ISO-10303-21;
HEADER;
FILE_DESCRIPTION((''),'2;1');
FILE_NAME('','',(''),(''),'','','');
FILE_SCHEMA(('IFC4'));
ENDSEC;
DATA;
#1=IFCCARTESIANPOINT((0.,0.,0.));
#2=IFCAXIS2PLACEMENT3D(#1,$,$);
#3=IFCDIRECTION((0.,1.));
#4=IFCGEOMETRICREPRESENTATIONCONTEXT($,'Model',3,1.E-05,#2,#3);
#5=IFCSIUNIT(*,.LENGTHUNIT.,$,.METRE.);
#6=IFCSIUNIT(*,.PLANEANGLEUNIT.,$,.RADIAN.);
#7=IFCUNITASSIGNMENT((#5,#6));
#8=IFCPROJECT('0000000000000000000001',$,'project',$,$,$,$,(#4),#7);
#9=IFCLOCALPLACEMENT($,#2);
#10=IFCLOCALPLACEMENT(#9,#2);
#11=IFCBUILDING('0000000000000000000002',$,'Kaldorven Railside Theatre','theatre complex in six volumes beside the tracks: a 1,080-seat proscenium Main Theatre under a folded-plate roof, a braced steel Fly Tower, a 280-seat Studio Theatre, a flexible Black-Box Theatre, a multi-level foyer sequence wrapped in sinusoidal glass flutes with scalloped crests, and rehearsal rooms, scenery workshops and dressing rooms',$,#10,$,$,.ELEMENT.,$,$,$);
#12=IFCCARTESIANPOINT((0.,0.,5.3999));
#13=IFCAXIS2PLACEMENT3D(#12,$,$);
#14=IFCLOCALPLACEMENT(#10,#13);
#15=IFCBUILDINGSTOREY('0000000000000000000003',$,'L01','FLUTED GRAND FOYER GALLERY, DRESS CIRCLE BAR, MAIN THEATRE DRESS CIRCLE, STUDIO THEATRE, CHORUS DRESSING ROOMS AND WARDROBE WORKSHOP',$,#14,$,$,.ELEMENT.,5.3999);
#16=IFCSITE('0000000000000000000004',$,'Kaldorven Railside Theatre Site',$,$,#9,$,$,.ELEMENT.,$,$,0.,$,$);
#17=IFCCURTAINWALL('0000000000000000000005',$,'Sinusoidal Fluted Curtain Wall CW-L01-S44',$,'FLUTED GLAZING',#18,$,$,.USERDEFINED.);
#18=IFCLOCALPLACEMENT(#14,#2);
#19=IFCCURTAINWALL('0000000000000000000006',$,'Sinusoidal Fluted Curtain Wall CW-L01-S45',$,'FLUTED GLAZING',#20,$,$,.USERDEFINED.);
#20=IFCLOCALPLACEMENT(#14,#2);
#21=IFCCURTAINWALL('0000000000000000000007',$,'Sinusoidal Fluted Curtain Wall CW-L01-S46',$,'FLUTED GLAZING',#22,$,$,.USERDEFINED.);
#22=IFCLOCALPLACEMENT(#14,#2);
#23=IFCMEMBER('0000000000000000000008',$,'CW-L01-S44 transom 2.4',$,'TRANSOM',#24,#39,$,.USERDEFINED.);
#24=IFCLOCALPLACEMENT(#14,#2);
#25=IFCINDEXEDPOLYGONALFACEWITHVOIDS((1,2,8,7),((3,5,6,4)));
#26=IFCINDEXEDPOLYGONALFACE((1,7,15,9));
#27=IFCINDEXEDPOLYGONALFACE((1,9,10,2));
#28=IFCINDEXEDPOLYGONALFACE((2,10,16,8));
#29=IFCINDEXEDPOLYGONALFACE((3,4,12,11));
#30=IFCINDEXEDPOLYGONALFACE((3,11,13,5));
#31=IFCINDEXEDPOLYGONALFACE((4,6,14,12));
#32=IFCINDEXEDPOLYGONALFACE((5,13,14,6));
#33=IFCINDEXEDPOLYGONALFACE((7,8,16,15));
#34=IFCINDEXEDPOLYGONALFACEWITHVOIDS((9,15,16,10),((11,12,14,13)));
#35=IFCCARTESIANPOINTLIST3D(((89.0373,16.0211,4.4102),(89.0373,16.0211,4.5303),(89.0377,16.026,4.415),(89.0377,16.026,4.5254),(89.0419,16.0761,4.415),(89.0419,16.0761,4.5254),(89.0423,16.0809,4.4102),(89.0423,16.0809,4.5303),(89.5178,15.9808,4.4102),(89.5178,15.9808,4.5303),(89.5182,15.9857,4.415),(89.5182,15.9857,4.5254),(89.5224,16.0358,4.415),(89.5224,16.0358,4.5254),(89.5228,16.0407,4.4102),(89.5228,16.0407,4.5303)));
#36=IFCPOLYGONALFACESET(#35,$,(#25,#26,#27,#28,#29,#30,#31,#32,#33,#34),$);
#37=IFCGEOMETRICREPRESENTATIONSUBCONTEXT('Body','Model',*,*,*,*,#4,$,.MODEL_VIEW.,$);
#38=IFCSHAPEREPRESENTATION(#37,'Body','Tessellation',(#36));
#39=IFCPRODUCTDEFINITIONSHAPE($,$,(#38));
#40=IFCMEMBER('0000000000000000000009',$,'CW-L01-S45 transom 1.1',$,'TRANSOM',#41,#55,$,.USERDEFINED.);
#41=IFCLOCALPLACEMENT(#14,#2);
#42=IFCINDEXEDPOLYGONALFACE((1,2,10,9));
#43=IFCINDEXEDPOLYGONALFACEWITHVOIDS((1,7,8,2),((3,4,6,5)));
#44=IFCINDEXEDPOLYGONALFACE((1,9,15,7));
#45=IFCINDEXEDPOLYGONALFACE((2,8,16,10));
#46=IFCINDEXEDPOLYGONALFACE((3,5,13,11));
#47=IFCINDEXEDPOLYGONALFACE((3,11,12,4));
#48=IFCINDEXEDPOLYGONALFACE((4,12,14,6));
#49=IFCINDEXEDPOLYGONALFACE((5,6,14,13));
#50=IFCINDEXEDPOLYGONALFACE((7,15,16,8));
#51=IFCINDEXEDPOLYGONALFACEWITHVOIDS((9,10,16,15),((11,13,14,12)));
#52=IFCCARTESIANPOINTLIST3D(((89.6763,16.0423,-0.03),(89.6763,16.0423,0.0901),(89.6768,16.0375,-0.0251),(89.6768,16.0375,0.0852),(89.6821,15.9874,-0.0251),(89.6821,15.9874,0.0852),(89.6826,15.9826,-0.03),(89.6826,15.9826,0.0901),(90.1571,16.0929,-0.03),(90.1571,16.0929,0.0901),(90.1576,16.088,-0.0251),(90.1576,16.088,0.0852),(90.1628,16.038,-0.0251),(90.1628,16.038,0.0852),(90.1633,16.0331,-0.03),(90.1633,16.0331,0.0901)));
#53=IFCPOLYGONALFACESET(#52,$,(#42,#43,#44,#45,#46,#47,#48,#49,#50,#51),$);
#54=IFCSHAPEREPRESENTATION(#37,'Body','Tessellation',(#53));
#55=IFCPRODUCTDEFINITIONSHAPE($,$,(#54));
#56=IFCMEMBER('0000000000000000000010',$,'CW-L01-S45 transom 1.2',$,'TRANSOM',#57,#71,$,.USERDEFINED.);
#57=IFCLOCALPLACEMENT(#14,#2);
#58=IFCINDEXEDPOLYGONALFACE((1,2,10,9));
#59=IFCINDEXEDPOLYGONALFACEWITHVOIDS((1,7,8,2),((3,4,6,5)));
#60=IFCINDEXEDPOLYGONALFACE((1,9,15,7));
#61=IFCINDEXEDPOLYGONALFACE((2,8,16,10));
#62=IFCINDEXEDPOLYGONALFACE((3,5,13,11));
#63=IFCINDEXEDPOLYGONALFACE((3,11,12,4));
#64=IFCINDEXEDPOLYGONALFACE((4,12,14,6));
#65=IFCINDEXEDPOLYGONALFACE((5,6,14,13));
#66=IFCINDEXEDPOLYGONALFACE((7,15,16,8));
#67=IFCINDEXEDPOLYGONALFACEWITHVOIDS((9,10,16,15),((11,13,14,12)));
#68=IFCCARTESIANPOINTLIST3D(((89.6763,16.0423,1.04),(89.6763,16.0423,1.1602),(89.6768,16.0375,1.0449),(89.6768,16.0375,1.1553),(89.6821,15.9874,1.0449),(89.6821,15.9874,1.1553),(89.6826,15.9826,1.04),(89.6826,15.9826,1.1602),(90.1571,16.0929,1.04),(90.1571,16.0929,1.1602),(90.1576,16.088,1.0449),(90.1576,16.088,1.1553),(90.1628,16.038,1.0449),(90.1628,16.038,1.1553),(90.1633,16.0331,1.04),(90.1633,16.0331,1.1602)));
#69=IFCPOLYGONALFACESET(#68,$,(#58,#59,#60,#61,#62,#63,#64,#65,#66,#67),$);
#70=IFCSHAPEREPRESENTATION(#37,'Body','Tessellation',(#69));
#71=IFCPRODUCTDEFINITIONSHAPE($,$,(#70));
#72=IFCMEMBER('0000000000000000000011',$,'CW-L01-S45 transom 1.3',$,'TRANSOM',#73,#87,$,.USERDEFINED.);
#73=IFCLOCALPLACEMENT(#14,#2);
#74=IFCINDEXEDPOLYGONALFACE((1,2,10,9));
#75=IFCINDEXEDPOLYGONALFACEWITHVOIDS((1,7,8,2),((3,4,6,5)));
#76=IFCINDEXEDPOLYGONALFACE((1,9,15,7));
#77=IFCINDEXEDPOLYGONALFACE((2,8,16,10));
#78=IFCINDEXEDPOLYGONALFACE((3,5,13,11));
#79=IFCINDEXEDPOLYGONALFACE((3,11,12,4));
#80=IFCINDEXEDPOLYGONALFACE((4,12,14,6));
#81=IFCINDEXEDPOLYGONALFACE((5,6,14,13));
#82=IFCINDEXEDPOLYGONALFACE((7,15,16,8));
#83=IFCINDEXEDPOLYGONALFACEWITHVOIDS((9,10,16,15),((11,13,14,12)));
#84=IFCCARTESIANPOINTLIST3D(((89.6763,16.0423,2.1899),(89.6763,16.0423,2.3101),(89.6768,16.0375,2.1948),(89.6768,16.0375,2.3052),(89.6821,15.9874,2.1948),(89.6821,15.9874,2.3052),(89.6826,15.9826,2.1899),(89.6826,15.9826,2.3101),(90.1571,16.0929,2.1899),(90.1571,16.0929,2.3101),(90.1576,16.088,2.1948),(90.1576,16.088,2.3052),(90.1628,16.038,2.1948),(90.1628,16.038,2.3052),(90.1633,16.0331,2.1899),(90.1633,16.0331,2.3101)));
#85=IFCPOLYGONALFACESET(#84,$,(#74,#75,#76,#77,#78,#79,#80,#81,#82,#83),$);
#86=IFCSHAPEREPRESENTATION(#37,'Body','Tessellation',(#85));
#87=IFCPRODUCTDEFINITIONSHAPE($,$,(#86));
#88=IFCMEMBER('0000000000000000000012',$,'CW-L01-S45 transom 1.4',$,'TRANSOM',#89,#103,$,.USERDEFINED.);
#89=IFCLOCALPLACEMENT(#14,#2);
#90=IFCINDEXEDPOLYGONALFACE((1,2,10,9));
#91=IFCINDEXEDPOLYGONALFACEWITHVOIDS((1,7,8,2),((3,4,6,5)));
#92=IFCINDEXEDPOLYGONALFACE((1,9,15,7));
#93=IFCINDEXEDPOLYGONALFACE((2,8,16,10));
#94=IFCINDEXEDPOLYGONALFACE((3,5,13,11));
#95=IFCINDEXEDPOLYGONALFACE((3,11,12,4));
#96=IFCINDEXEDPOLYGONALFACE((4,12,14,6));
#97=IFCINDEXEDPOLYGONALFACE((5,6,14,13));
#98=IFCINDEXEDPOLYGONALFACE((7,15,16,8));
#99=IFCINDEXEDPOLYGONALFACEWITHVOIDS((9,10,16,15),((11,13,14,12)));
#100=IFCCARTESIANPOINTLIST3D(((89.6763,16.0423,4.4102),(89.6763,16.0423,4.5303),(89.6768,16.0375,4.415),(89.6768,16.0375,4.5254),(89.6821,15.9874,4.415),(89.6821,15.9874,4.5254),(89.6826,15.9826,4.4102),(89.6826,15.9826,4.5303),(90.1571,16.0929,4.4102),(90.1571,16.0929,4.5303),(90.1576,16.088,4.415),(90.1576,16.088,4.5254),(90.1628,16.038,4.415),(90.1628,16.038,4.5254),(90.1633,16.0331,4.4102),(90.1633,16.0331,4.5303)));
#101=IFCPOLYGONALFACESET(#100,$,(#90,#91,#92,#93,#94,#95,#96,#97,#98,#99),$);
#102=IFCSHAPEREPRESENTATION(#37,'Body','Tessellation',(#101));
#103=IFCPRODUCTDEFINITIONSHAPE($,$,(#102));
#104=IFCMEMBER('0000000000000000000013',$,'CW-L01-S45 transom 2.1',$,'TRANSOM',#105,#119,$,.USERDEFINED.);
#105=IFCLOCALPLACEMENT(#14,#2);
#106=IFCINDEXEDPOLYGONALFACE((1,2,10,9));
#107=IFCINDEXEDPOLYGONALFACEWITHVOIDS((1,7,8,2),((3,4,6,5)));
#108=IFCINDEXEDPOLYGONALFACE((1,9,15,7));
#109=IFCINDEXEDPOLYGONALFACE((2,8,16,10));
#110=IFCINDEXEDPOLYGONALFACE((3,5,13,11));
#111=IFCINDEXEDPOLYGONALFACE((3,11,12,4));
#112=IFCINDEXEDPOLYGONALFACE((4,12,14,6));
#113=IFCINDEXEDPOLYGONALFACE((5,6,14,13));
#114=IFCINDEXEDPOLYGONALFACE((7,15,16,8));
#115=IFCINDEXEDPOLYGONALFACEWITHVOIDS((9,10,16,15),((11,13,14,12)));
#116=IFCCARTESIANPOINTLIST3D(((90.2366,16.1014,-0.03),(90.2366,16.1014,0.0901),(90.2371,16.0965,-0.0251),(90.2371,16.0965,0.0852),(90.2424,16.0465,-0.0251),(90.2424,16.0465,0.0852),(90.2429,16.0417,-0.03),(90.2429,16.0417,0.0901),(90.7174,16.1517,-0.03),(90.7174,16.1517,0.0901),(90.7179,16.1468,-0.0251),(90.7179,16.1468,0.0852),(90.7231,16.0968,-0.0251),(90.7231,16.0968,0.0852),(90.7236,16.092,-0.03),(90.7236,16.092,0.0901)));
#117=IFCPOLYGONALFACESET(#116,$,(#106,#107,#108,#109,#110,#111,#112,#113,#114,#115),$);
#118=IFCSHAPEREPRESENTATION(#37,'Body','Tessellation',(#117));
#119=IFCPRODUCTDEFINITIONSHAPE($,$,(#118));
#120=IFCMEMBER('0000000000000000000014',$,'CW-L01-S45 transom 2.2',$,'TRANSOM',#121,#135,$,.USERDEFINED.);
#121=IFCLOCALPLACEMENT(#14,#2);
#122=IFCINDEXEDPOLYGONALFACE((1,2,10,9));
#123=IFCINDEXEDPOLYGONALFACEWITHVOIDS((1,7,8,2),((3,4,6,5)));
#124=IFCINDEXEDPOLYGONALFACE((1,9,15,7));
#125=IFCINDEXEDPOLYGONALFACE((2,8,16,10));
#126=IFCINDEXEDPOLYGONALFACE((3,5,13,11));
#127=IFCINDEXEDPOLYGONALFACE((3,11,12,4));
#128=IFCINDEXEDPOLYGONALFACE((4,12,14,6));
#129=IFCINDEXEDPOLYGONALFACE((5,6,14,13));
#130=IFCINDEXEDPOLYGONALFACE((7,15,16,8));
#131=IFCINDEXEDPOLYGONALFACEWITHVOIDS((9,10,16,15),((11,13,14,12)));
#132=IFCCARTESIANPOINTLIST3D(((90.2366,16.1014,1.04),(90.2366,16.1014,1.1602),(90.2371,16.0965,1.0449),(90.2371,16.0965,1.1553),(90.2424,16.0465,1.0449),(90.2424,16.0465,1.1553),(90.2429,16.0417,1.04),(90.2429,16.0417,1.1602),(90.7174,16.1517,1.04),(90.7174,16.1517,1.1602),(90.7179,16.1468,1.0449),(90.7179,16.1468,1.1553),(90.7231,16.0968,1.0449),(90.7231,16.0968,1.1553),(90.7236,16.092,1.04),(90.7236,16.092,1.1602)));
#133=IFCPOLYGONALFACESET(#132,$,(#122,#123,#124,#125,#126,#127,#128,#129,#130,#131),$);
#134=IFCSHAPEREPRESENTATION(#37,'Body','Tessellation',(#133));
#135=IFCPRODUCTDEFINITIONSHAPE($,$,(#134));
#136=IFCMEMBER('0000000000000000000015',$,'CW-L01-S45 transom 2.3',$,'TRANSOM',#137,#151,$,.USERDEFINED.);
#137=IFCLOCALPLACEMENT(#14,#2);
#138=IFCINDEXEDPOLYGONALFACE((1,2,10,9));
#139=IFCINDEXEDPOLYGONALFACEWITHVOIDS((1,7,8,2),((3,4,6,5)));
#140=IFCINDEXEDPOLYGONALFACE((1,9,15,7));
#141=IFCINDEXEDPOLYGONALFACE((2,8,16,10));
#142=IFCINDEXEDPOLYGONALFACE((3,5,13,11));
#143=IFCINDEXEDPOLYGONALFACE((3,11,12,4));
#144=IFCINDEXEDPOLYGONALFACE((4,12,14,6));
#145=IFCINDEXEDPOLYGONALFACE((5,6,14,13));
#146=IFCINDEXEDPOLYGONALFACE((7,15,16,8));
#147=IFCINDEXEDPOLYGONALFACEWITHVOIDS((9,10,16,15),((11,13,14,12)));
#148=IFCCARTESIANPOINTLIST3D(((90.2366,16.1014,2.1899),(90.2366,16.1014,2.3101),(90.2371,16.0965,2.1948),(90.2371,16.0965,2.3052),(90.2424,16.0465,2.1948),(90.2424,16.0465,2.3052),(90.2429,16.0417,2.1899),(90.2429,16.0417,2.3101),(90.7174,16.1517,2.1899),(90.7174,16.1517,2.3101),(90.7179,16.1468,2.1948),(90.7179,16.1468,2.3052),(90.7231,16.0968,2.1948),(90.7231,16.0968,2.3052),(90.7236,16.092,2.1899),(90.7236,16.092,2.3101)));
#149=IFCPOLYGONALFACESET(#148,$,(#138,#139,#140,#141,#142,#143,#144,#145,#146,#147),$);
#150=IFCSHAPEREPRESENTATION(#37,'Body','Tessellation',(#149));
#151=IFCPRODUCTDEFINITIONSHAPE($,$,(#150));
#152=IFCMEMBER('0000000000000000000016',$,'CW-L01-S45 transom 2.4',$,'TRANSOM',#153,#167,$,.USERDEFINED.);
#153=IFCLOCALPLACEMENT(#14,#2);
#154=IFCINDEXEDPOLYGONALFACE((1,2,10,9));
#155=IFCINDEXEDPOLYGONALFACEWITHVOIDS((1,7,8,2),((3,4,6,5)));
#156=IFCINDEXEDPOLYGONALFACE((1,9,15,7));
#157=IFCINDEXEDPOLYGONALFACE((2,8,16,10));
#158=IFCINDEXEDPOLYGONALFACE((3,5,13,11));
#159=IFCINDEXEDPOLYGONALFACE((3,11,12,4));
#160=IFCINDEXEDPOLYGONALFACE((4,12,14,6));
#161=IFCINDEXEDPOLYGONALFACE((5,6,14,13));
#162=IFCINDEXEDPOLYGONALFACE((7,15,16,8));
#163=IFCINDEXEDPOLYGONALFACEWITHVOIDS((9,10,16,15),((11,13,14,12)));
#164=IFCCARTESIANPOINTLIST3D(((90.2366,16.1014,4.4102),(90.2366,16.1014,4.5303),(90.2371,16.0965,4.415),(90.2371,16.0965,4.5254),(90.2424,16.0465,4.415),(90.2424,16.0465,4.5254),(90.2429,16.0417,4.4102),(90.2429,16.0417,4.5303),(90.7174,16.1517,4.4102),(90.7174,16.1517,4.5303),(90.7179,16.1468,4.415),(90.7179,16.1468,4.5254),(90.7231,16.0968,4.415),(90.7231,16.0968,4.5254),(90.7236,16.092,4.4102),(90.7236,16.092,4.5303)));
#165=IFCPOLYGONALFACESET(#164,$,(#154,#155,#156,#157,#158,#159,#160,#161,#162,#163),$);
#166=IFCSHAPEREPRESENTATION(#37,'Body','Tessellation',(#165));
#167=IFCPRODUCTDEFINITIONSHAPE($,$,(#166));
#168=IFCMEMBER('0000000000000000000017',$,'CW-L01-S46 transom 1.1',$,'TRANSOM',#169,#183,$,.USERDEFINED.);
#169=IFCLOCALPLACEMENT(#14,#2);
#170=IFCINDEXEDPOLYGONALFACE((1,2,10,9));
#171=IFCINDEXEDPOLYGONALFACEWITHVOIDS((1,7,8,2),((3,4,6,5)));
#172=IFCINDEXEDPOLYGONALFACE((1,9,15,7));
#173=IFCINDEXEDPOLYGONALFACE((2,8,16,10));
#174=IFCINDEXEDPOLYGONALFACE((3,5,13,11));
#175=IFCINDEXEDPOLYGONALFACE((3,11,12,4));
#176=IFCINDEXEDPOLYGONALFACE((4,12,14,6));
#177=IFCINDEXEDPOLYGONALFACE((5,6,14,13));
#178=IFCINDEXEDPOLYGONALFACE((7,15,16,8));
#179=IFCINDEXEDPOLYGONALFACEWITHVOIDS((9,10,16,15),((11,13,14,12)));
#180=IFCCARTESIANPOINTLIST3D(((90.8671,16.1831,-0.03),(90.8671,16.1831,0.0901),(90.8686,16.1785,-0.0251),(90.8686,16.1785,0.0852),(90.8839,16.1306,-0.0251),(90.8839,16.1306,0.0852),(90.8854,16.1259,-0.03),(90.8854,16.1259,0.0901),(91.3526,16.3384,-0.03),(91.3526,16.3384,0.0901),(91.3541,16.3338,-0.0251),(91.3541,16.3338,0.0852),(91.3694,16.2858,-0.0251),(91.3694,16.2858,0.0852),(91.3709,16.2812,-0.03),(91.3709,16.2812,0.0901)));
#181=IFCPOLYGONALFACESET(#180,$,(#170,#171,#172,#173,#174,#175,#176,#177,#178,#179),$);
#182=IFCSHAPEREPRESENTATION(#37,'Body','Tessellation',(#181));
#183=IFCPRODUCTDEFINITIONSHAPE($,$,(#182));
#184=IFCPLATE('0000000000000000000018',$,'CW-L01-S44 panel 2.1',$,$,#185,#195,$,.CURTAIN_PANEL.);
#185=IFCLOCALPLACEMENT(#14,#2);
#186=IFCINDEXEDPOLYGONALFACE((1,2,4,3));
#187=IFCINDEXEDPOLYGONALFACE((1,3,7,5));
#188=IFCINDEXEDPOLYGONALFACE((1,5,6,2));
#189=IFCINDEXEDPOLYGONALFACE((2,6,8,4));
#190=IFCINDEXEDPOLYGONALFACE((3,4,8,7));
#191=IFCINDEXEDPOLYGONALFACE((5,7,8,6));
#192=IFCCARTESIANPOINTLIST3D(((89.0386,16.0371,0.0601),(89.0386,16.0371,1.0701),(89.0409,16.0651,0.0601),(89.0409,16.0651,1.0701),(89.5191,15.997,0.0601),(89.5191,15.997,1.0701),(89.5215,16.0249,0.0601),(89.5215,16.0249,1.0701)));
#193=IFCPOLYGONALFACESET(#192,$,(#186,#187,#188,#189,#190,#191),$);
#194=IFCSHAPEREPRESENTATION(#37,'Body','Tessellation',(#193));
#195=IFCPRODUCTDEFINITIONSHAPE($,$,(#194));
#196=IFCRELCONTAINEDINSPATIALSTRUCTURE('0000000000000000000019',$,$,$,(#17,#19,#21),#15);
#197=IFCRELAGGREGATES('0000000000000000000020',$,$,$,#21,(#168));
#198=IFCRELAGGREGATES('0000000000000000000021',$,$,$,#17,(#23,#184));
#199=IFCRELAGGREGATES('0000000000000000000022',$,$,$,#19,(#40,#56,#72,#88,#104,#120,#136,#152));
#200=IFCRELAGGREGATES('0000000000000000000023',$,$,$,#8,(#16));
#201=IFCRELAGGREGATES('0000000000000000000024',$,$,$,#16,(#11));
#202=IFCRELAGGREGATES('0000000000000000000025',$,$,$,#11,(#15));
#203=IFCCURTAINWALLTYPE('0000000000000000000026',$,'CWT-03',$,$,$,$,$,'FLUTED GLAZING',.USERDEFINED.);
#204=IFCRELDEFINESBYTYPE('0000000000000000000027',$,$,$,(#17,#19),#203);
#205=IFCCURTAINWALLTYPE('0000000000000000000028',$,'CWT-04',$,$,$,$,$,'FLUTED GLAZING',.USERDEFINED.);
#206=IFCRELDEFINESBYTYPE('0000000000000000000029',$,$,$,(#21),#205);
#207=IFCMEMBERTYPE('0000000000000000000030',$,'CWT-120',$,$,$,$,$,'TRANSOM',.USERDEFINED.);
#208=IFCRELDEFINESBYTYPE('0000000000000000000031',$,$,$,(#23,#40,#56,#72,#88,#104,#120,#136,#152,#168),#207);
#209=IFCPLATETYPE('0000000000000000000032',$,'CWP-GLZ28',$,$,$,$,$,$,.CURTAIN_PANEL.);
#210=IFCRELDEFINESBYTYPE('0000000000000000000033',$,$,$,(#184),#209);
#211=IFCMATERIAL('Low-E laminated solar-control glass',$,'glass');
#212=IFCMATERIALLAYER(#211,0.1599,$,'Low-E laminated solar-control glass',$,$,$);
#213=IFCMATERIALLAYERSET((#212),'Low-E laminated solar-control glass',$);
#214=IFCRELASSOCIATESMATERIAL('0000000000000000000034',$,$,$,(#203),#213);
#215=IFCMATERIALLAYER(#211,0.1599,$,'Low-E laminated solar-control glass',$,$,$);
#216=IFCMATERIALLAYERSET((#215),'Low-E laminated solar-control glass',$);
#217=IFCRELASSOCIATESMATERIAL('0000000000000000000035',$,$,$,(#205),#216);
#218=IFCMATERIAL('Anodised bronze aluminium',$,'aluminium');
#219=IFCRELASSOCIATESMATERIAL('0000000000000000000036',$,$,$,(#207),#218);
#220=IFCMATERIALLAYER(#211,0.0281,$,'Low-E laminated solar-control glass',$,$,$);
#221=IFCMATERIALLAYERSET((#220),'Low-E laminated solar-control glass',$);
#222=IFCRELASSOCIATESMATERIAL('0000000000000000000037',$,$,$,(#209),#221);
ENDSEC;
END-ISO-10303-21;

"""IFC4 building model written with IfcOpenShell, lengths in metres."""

from ifc_helpers import new_model, si_unit, direction, frame, origin, origin_2d, place, context, subcontext, project, spatial, rectangle, hollow_rectangle, extrude, material, layer, layer_set, material_profile, profile_set, type_object, element, aggregate, save


model = new_model("IFC4")

# Units and contexts
model_context = context("Model", 3, precision=1e-05, world=origin(), true_north=direction((0.0, 1.0)))
body_context = subcontext(model_context, "Body", "Model", "MODEL_VIEW")
ifc_project = project(units=[si_unit("LENGTHUNIT", "METRE"), si_unit("PLANEANGLEUNIT", "RADIAN")], contexts=[model_context])

# Site, building, storey
site_placement = place(None, origin())
site = spatial("IfcSite", under=ifc_project, at=site_placement, Name="Kaldorven Railside Theatre Site", CompositionType="ELEMENT", RefElevation=0.0)
building_placement = place(site_placement, origin())
building = spatial("IfcBuilding", under=site, at=building_placement, Name="Kaldorven Railside Theatre", Description="theatre complex in six volumes beside the tracks: a 1,080-seat proscenium Main Theatre under a folded-plate roof, a braced steel Fly Tower, a 280-seat Studio Theatre, a flexible Black-Box Theatre, a multi-level foyer sequence wrapped in sinusoidal glass flutes with scalloped crests, and rehearsal rooms, scenery workshops and dressing rooms", CompositionType="ELEMENT")
storey_placement = place(building_placement, frame((0.0, 0.0, 5.3999)))
storey = spatial("IfcBuildingStorey", under=building, at=storey_placement, Name="L01", Description="FLUTED GRAND FOYER GALLERY, DRESS CIRCLE BAR, MAIN THEATRE DRESS CIRCLE, STUDIO THEATRE, CHORUS DRESSING ROOMS AND WARDROBE WORKSHOP", CompositionType="ELEMENT", Elevation=5.3999)

# Curtain wall
ifc_material_1 = material(Name="Low-E laminated solar-control glass", Category="glass")
ifc_layer_1 = layer(ifc_material_1, 0.1599, Name="Low-E laminated solar-control glass")
ifc_layer_set_1 = layer_set([ifc_layer_1], Name="Low-E laminated solar-control glass")
curtain_wall_type_1 = type_object("IfcCurtainWallType", Name="CWT-03", ElementType="FLUTED GLAZING", PredefinedType="USERDEFINED", material=ifc_layer_set_1)
curtain_wall_1_placement = place(storey_placement, origin())
curtain_wall_1 = element("IfcCurtainWall", 1, at=curtain_wall_1_placement, inside=storey, type_object=curtain_wall_type_1, Name="Sinusoidal Fluted Curtain Wall CW-L01-S44", ObjectType="FLUTED GLAZING", PredefinedType="USERDEFINED")
ifc_material_2 = material(Name="Anodised bronze aluminium", Category="aluminium")

# Curtain wall
curtain_wall_2_placement = place(storey_placement, origin())
curtain_wall_2 = element("IfcCurtainWall", 2, at=curtain_wall_2_placement, inside=storey, type_object=curtain_wall_type_1, Name="Sinusoidal Fluted Curtain Wall CW-L01-S45", ObjectType="FLUTED GLAZING", PredefinedType="USERDEFINED")

# Curtain wall
ifc_layer_2 = layer(ifc_material_1, 0.1599, Name="Low-E laminated solar-control glass")
ifc_layer_set_2 = layer_set([ifc_layer_2], Name="Low-E laminated solar-control glass")
curtain_wall_type_2 = type_object("IfcCurtainWallType", Name="CWT-04", ElementType="FLUTED GLAZING", PredefinedType="USERDEFINED", material=ifc_layer_set_2)
curtain_wall_3_placement = place(storey_placement, origin())
curtain_wall_3 = element("IfcCurtainWall", 3, at=curtain_wall_3_placement, inside=storey, type_object=curtain_wall_type_2, Name="Sinusoidal Fluted Curtain Wall CW-L01-S46", ObjectType="FLUTED GLAZING", PredefinedType="USERDEFINED")

# Members
ifc_material_profile_1 = material_profile(ifc_material_2, hollow_rectangle(XDim=0.0601, YDim=0.1201, WallThickness=0.0049, at=origin_2d()), Name="RHS 120x60x5")
ifc_profile_set_1 = profile_set([ifc_material_profile_1], Name="Anodised bronze aluminium")
member_type_1 = type_object("IfcMemberType", Name="CWT-120", ElementType="TRANSOM", PredefinedType="USERDEFINED", material=ifc_profile_set_1)
member_1_placement = place(storey_placement, frame((89.0398, 16.051, 4.4702), z_axis=(0.996504, -0.083548, 0.0), x_axis=(0.083548, 0.996504, 0.0)))
member_1 = element("IfcMember", 4, at=member_1_placement, type_object=member_type_1, Name="CW-L01-S44 transom 2.4", ObjectType="TRANSOM", PredefinedType="USERDEFINED", context=body_context, shape_type="SweptSolid", body=[
    extrude(hollow_rectangle(XDim=0.0601, YDim=0.1201, WallThickness=0.0049, at=origin_2d()), origin(), (0.0, 0.0, 1.0), 0.4822),
])
member_2_placement = place(storey_placement, frame((89.6794, 16.0125, 0.03), z_axis=(0.994519, 0.104553, 0.0), x_axis=(-0.104553, 0.994519, 0.0)))
member_2 = element("IfcMember", 5, at=member_2_placement, type_object=member_type_1, Name="CW-L01-S45 transom 1.1", ObjectType="TRANSOM", PredefinedType="USERDEFINED", context=body_context, shape_type="SweptSolid", body=[
    extrude(hollow_rectangle(XDim=0.0601, YDim=0.1201, WallThickness=0.0049, at=origin_2d()), origin(), (0.0, 0.0, 1.0), 0.4834),
])
member_3_placement = place(storey_placement, frame((89.6794, 16.0125, 1.1001), z_axis=(0.994519, 0.104553, 0.0), x_axis=(-0.104553, 0.994519, 0.0)))
member_3 = element("IfcMember", 6, at=member_3_placement, type_object=member_type_1, Name="CW-L01-S45 transom 1.2", ObjectType="TRANSOM", PredefinedType="USERDEFINED", context=body_context, shape_type="SweptSolid", body=[
    extrude(hollow_rectangle(XDim=0.0601, YDim=0.1201, WallThickness=0.0049, at=origin_2d()), origin(), (0.0, 0.0, 1.0), 0.4834),
])
member_4_placement = place(storey_placement, frame((89.6794, 16.0125, 2.25), z_axis=(0.994519, 0.104553, 0.0), x_axis=(-0.104553, 0.994519, 0.0)))
member_4 = element("IfcMember", 7, at=member_4_placement, type_object=member_type_1, Name="CW-L01-S45 transom 1.3", ObjectType="TRANSOM", PredefinedType="USERDEFINED", context=body_context, shape_type="SweptSolid", body=[
    extrude(hollow_rectangle(XDim=0.0601, YDim=0.1201, WallThickness=0.0049, at=origin_2d()), origin(), (0.0, 0.0, 1.0), 0.4834),
])
member_5_placement = place(storey_placement, frame((89.6794, 16.0125, 4.4702), z_axis=(0.994519, 0.104553, 0.0), x_axis=(-0.104553, 0.994519, 0.0)))
member_5 = element("IfcMember", 8, at=member_5_placement, type_object=member_type_1, Name="CW-L01-S45 transom 1.4", ObjectType="TRANSOM", PredefinedType="USERDEFINED", context=body_context, shape_type="SweptSolid", body=[
    extrude(hollow_rectangle(XDim=0.0601, YDim=0.1201, WallThickness=0.0049, at=origin_2d()), origin(), (0.0, 0.0, 1.0), 0.4834),
])
member_6_placement = place(storey_placement, frame((90.2397, 16.0715, 0.03), z_axis=(0.994572, 0.104054, 0.0), x_axis=(-0.104054, 0.994572, 0.0)))
member_6 = element("IfcMember", 9, at=member_6_placement, type_object=member_type_1, Name="CW-L01-S45 transom 2.1", ObjectType="TRANSOM", PredefinedType="USERDEFINED", context=body_context, shape_type="SweptSolid", body=[
    extrude(hollow_rectangle(XDim=0.0601, YDim=0.1201, WallThickness=0.0049, at=origin_2d()), origin(), (0.0, 0.0, 1.0), 0.4834),
])
member_7_placement = place(storey_placement, frame((90.2397, 16.0715, 1.1001), z_axis=(0.994572, 0.104054, 0.0), x_axis=(-0.104054, 0.994572, 0.0)))
member_7 = element("IfcMember", 10, at=member_7_placement, type_object=member_type_1, Name="CW-L01-S45 transom 2.2", ObjectType="TRANSOM", PredefinedType="USERDEFINED", context=body_context, shape_type="SweptSolid", body=[
    extrude(hollow_rectangle(XDim=0.0601, YDim=0.1201, WallThickness=0.0049, at=origin_2d()), origin(), (0.0, 0.0, 1.0), 0.4834),
])
member_8_placement = place(storey_placement, frame((90.2397, 16.0715, 2.25), z_axis=(0.994572, 0.104054, 0.0), x_axis=(-0.104054, 0.994572, 0.0)))
member_8 = element("IfcMember", 11, at=member_8_placement, type_object=member_type_1, Name="CW-L01-S45 transom 2.3", ObjectType="TRANSOM", PredefinedType="USERDEFINED", context=body_context, shape_type="SweptSolid", body=[
    extrude(hollow_rectangle(XDim=0.0601, YDim=0.1201, WallThickness=0.0049, at=origin_2d()), origin(), (0.0, 0.0, 1.0), 0.4834),
])
member_9_placement = place(storey_placement, frame((90.2397, 16.0715, 4.4702), z_axis=(0.994572, 0.104054, 0.0), x_axis=(-0.104054, 0.994572, 0.0)))
member_9 = element("IfcMember", 12, at=member_9_placement, type_object=member_type_1, Name="CW-L01-S45 transom 2.4", ObjectType="TRANSOM", PredefinedType="USERDEFINED", context=body_context, shape_type="SweptSolid", body=[
    extrude(hollow_rectangle(XDim=0.0601, YDim=0.1201, WallThickness=0.0049, at=origin_2d()), origin(), (0.0, 0.0, 1.0), 0.4834),
])
member_10_placement = place(storey_placement, frame((90.8762, 16.1545, 0.03), z_axis=(0.952491, 0.304567, 0.0), x_axis=(-0.304567, 0.952491, 0.0)))
member_10 = element("IfcMember", 13, at=member_10_placement, type_object=member_type_1, Name="CW-L01-S46 transom 1.1", ObjectType="TRANSOM", PredefinedType="USERDEFINED", context=body_context, shape_type="SweptSolid", body=[
    extrude(hollow_rectangle(XDim=0.0601, YDim=0.1201, WallThickness=0.0049, at=origin_2d()), origin(), (0.0, 0.0, 1.0), 0.5098),
])
aggregate(curtain_wall_3, [member_10])

# Plate
ifc_layer_3 = layer(ifc_material_1, 0.0281, Name="Low-E laminated solar-control glass")
ifc_layer_set_3 = layer_set([ifc_layer_3], Name="Low-E laminated solar-control glass")
plate_type = type_object("IfcPlateType", Name="CWP-GLZ28", PredefinedType="CURTAIN_PANEL", material=ifc_layer_set_3)
plate_1_placement = place(storey_placement, frame((89.28, 16.031, 0.0601), z_axis=(0.0, 0.0, 1.0), x_axis=(0.996532, -0.08321, 0.0)))
plate_1 = element("IfcPlate", 14, at=plate_1_placement, type_object=plate_type, Name="CW-L01-S44 panel 2.1", PredefinedType="CURTAIN_PANEL", context=body_context, shape_type="SweptSolid", body=[
    extrude(rectangle(XDim=0.4822, YDim=0.0281, at=origin_2d()), origin(), (0.0, 0.0, 1.0), 1.01),
])
aggregate(curtain_wall_1, [member_1, plate_1])
aggregate(curtain_wall_2, [member_2, member_3, member_4, member_5, member_6, member_7, member_8, member_9])

save(model, "model.ifc")
